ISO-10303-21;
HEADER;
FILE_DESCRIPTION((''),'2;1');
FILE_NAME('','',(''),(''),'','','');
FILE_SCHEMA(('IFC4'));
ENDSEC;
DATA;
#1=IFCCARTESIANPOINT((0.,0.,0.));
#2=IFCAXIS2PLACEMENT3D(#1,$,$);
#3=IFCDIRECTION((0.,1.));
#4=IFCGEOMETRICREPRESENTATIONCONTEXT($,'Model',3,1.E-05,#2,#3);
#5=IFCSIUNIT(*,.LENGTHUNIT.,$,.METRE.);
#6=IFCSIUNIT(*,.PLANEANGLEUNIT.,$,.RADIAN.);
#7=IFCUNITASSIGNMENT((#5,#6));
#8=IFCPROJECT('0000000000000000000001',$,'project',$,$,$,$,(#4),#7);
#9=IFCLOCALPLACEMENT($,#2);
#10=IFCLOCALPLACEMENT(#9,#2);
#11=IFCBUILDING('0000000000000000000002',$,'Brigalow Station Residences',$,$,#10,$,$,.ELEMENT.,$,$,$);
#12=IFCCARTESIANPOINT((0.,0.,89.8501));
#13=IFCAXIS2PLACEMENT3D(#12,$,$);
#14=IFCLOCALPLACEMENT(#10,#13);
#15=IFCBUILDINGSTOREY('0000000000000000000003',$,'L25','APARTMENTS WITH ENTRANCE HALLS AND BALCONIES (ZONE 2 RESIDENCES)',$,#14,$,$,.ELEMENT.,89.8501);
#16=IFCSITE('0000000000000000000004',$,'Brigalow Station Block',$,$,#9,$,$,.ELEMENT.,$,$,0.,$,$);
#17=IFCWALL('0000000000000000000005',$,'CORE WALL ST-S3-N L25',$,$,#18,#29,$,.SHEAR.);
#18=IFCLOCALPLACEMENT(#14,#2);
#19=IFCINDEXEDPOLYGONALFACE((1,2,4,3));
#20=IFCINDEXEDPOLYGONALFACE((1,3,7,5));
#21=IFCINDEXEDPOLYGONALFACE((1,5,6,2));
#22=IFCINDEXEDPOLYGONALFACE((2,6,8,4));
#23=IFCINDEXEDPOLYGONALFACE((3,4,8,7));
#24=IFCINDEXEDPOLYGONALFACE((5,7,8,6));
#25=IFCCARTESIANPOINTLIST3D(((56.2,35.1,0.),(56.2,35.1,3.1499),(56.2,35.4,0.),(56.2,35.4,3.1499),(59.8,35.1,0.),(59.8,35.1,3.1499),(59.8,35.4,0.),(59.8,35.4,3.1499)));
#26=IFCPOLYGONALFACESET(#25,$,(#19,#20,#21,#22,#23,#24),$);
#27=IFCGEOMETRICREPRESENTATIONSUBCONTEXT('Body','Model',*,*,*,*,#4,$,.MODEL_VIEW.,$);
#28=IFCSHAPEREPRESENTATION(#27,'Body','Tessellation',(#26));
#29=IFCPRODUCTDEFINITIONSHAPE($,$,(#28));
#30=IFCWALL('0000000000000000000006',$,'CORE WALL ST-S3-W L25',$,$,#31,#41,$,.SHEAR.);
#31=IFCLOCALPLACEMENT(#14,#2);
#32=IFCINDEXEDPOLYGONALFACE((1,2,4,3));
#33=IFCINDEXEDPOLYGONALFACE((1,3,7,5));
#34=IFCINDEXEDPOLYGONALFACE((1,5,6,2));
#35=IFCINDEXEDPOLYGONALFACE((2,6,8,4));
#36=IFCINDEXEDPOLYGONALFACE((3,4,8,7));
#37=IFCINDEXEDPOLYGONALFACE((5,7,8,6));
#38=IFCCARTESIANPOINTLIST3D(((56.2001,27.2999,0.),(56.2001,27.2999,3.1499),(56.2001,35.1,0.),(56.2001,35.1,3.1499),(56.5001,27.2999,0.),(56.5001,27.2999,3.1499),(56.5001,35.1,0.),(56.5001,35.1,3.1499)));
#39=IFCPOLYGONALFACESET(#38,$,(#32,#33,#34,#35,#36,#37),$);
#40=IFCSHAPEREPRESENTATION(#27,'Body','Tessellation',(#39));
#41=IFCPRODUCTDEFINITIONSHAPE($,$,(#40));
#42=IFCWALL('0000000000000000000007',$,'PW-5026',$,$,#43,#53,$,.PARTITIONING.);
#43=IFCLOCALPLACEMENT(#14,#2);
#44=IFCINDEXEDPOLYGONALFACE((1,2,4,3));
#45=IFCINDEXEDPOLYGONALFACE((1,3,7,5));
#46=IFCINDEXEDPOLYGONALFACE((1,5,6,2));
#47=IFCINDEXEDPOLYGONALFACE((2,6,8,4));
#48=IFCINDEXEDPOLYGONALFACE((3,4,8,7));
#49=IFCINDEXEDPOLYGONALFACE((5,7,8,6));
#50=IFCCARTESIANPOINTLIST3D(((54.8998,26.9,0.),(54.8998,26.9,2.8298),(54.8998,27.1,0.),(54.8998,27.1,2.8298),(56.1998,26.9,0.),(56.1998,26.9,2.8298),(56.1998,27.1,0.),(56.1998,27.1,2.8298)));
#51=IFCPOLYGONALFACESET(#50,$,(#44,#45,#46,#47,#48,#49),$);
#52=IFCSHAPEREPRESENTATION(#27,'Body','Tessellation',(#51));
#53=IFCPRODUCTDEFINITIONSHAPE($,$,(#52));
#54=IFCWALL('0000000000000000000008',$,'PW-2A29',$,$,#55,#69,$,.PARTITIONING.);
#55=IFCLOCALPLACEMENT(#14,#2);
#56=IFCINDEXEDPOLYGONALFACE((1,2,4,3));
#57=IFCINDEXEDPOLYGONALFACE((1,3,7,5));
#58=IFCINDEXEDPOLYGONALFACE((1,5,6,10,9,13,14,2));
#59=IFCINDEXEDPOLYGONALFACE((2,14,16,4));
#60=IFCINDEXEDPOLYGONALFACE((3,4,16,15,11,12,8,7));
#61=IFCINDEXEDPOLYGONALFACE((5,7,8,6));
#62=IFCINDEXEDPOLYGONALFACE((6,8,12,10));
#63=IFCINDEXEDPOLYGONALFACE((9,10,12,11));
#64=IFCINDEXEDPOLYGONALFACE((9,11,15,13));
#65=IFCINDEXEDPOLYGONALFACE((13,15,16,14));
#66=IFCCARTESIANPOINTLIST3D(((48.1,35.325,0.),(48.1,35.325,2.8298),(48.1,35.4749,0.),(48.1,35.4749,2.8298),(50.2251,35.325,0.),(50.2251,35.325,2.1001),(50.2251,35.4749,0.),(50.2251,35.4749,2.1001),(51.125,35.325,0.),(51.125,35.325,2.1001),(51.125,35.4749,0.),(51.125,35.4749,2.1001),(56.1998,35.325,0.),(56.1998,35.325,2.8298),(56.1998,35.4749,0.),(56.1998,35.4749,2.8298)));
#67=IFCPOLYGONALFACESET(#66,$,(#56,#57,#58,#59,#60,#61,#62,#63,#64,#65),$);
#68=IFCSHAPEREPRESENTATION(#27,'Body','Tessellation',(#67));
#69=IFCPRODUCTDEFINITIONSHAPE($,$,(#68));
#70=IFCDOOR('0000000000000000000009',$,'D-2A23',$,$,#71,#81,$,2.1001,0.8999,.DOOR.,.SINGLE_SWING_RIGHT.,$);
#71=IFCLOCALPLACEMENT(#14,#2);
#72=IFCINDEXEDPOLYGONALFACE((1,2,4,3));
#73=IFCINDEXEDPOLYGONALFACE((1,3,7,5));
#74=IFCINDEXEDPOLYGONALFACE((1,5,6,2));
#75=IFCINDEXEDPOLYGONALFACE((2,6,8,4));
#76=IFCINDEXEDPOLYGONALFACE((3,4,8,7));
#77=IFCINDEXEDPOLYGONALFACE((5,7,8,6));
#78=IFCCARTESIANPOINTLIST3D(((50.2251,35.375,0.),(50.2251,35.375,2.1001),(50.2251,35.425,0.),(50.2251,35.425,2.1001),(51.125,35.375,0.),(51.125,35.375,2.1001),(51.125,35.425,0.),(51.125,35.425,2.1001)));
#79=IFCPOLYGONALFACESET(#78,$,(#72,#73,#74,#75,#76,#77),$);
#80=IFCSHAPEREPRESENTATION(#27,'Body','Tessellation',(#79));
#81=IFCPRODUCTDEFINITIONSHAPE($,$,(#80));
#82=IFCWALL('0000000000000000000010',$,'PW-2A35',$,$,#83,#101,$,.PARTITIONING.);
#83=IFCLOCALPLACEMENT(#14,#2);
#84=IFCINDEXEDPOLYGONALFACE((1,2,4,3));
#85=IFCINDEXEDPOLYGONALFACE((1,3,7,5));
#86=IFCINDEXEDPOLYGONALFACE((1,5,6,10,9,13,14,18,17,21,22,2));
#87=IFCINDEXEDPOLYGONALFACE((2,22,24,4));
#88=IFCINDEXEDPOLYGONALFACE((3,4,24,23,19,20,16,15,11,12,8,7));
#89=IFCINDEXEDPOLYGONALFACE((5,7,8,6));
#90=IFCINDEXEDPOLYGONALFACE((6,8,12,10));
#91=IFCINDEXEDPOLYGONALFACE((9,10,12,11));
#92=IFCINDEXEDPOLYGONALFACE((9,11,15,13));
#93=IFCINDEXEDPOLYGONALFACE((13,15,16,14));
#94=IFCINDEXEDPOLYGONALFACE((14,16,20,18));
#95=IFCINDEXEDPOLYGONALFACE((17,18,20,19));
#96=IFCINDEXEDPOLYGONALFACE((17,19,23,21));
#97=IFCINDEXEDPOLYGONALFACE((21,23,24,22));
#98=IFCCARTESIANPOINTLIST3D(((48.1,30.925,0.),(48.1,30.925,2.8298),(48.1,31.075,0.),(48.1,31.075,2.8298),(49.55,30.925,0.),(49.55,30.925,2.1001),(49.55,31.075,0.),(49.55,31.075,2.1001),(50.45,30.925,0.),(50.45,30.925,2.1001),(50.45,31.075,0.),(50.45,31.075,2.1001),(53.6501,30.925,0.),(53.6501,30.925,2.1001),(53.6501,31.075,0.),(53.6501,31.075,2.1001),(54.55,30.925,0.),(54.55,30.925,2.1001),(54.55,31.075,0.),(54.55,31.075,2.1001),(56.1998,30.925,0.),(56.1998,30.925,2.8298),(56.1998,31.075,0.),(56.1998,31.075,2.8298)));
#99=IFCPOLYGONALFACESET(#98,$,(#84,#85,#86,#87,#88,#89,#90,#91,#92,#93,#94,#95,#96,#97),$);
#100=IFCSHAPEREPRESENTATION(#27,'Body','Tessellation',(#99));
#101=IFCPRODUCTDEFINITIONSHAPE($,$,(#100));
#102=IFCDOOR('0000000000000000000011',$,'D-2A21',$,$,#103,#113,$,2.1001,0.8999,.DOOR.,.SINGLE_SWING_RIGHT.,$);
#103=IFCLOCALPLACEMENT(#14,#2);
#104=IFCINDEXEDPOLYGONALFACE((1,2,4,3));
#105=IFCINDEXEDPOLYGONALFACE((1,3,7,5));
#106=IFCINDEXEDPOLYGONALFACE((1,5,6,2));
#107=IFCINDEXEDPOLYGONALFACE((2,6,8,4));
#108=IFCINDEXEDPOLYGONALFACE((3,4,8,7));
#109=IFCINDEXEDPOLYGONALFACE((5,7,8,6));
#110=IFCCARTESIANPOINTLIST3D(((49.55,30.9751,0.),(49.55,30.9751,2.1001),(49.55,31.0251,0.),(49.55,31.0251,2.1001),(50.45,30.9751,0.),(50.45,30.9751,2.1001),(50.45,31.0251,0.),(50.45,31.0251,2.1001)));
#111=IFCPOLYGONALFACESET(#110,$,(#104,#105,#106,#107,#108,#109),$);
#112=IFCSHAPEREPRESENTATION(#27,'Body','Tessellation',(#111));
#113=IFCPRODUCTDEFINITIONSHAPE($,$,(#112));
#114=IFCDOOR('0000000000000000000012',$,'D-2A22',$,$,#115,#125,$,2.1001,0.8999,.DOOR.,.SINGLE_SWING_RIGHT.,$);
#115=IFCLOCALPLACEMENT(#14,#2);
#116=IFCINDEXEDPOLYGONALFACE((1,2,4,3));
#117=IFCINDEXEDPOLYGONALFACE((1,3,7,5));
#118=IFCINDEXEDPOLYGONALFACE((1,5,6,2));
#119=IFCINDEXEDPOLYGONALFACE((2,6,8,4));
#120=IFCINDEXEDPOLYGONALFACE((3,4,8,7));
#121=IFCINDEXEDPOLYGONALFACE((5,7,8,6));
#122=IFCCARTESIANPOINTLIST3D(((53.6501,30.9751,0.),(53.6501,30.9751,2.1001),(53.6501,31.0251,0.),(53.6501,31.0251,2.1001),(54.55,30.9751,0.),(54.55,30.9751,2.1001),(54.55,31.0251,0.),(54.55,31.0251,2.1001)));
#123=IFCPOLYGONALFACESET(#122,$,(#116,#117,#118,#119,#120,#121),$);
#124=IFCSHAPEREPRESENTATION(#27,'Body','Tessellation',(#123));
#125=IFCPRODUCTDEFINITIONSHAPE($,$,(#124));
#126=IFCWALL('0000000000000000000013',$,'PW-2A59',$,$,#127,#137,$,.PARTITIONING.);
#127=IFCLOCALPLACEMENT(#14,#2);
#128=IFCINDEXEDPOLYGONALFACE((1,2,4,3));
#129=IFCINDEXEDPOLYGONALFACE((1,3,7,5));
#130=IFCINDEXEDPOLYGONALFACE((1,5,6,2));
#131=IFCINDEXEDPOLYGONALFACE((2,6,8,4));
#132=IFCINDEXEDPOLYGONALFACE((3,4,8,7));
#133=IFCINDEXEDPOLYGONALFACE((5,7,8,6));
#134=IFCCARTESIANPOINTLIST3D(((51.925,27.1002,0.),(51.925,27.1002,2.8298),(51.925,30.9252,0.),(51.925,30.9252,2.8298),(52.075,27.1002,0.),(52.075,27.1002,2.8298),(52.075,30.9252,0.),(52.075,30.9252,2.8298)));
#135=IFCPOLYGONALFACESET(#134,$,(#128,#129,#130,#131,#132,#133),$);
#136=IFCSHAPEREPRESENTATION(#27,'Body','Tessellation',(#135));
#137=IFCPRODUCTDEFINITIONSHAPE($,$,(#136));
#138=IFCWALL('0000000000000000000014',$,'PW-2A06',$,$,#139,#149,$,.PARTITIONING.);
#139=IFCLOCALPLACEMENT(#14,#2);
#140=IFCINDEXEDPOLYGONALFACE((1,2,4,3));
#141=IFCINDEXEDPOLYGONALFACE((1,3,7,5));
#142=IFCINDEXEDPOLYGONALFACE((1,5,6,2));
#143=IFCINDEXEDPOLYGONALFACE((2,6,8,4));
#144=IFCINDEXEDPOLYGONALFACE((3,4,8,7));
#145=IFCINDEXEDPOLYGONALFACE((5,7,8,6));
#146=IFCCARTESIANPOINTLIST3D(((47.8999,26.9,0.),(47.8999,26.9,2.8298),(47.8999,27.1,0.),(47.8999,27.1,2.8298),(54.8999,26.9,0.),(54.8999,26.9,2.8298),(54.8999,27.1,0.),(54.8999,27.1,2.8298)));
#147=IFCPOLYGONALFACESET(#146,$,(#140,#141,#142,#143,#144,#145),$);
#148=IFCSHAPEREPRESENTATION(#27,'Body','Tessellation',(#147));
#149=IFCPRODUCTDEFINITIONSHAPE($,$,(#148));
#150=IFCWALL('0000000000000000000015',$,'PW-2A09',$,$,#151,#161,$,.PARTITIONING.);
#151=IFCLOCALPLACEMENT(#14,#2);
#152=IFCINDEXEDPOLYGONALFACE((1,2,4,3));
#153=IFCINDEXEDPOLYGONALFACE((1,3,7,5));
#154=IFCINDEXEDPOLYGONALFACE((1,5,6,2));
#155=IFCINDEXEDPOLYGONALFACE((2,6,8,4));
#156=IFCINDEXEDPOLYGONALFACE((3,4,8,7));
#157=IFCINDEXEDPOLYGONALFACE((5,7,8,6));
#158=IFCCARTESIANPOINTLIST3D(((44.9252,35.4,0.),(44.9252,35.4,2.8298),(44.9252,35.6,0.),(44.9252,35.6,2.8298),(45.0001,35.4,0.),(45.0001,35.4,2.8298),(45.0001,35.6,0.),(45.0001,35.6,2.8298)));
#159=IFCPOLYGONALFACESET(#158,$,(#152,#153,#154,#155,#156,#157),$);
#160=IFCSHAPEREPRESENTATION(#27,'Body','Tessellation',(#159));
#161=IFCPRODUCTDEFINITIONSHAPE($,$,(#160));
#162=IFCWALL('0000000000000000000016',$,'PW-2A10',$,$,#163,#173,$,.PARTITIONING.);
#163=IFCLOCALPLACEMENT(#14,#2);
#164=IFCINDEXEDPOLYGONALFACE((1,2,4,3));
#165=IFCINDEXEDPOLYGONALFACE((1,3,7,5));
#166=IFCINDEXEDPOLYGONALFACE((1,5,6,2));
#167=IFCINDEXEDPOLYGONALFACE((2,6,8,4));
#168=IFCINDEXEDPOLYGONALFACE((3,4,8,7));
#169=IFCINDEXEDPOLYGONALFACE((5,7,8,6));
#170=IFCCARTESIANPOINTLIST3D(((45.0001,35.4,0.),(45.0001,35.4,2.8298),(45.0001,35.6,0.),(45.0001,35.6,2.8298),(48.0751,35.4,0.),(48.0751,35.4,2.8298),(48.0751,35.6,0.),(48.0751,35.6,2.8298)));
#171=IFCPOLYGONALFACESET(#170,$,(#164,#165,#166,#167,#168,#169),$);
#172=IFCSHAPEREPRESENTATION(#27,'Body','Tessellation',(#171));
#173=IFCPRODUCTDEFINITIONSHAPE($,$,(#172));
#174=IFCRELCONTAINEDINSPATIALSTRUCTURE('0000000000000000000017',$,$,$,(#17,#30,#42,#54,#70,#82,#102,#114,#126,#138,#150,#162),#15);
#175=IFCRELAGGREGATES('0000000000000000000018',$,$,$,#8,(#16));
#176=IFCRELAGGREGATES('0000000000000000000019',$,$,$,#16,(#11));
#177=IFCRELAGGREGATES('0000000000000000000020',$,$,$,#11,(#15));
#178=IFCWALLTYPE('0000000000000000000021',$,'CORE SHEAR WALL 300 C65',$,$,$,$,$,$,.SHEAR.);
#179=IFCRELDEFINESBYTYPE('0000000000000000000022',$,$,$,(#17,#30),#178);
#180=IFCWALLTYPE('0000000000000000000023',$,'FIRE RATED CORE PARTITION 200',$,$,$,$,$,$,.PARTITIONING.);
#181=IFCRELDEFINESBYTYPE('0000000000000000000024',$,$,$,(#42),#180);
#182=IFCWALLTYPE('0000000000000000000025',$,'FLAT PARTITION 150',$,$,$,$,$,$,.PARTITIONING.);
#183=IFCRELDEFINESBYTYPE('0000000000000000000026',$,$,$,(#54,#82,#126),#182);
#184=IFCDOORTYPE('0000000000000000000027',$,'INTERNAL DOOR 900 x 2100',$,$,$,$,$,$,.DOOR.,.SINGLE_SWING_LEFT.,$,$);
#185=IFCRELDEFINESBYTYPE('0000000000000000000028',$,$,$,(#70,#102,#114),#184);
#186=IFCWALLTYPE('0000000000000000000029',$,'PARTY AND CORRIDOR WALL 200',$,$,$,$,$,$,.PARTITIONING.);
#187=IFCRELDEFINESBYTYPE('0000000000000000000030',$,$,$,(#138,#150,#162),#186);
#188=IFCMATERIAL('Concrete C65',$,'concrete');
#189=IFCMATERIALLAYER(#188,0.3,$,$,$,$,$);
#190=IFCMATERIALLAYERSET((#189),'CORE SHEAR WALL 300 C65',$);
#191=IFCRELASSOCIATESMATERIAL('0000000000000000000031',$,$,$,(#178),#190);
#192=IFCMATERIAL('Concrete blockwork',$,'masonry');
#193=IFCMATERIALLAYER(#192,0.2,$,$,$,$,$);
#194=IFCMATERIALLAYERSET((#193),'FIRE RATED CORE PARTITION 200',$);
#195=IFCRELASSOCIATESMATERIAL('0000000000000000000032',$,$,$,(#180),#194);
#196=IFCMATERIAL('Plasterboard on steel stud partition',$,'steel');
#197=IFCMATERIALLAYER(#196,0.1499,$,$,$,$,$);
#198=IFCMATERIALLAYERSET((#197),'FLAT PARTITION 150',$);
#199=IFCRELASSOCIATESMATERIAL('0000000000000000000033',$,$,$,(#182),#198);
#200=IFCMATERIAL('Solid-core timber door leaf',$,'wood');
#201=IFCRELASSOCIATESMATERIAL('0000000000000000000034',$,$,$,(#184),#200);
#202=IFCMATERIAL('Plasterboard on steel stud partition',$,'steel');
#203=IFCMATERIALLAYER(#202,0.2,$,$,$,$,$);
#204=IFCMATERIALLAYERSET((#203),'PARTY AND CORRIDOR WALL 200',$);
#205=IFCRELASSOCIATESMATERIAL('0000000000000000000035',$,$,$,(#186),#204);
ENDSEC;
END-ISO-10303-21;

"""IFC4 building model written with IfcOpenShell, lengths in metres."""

from ifc_helpers import new_model, si_unit, direction, frame, frame_2d, origin, place, context, subcontext, project, spatial, rectangle, extrude, material, layer, layer_set, type_object, element, fill, save


model = new_model("IFC4")

# Units and contexts
model_context = context("Model", 3, precision=1e-05, world=origin(), true_north=direction((0.0, 1.0)))
body_context = subcontext(model_context, "Body", "Model", "MODEL_VIEW")
ifc_project = project(units=[si_unit("LENGTHUNIT", "METRE"), si_unit("PLANEANGLEUNIT", "RADIAN")], contexts=[model_context])

# Site, building, storey
site_placement = place(None, origin())
site = spatial("IfcSite", under=ifc_project, at=site_placement, Name="Brigalow Station Block", CompositionType="ELEMENT", RefElevation=0.0)
building_placement = place(site_placement, origin())
building = spatial("IfcBuilding", under=site, at=building_placement, Name="Brigalow Station Residences", CompositionType="ELEMENT")
storey_placement = place(building_placement, frame((0.0, 0.0, 89.8501)))
storey = spatial("IfcBuildingStorey", under=building, at=storey_placement, Name="L25", Description="APARTMENTS WITH ENTRANCE HALLS AND BALCONIES (ZONE 2 RESIDENCES)", CompositionType="ELEMENT", Elevation=89.8501)

# Shared definitions
ifc_material_1 = material(Name="Concrete C65", Category="concrete")
ifc_layer_1 = layer(ifc_material_1, 0.3)
ifc_layer_set_1 = layer_set([ifc_layer_1], Name="CORE SHEAR WALL 300 C65")
wall_type_1 = type_object("IfcWallType", Name="CORE SHEAR WALL 300 C65", PredefinedType="SHEAR", material=ifc_layer_set_1)

# Walls
wall_1_placement = place(storey_placement, frame((56.2, 35.25, 0.0), z_axis=(0.0, 0.0, 1.0), x_axis=(1.0, 0.0, 0.0)))
element("IfcWall", 1, at=wall_1_placement, inside=storey, type_object=wall_type_1, Name="CORE WALL ST-S3-N L25", PredefinedType="SHEAR", context=body_context, shape_type="SweptSolid", body=[
    extrude(rectangle(XDim=3.6001, YDim=0.3, at=frame_2d((1.8, 0.0))), origin(), (0.0, 0.0, 1.0), 3.1499),
])
wall_2_placement = place(storey_placement, frame((56.3501, 27.3, 0.0), z_axis=(0.0, 0.0, 1.0), x_axis=(0.0, 1.0, 0.0)))
element("IfcWall", 2, at=wall_2_placement, inside=storey, type_object=wall_type_1, Name="CORE WALL ST-S3-W L25", PredefinedType="SHEAR", context=body_context, shape_type="SweptSolid", body=[
    extrude(rectangle(XDim=7.8, YDim=0.3, at=frame_2d((3.8999, 0.0))), origin(), (0.0, 0.0, 1.0), 3.1499),
])
ifc_material_2 = material(Name="Concrete blockwork", Category="masonry")
ifc_layer_2 = layer(ifc_material_2, 0.2)
ifc_layer_set_2 = layer_set([ifc_layer_2], Name="FIRE RATED CORE PARTITION 200")
wall_type_2 = type_object("IfcWallType", Name="FIRE RATED CORE PARTITION 200", PredefinedType="PARTITIONING", material=ifc_layer_set_2)
wall_3_placement = place(storey_placement, frame((54.8999, 27.0, 0.0), z_axis=(0.0, 0.0, 1.0), x_axis=(1.0, 0.0, 0.0)))
element("IfcWall", 3, at=wall_3_placement, inside=storey, type_object=wall_type_2, Name="PW-5026", PredefinedType="PARTITIONING", context=body_context, shape_type="SweptSolid", body=[
    extrude(rectangle(XDim=1.3, YDim=0.2, at=frame_2d((0.6499, 0.0))), origin(), (0.0, 0.0, 1.0), 2.8298),
])

# Wall, opening, door
ifc_material_3 = material(Name="Plasterboard on steel stud partition", Category="steel")
ifc_layer_3 = layer(ifc_material_3, 0.1499)
ifc_layer_set_3 = layer_set([ifc_layer_3], Name="FLAT PARTITION 150")
wall_type_3 = type_object("IfcWallType", Name="FLAT PARTITION 150", PredefinedType="PARTITIONING", material=ifc_layer_set_3)
wall_4_placement = place(storey_placement, frame((48.1001, 35.3999, 0.0), z_axis=(0.0, 0.0, 1.0), x_axis=(1.0, 0.0, 0.0)))
wall_4 = element("IfcWall", 4, at=wall_4_placement, inside=storey, type_object=wall_type_3, Name="PW-2A29", PredefinedType="PARTITIONING", context=body_context, shape_type="SweptSolid", body=[
    extrude(rectangle(XDim=8.0999, YDim=0.1499, at=frame_2d((4.0498, 0.0))), origin(), (0.0, 0.0, 1.0), 2.8298),
])
opening_1_placement = place(wall_4_placement, frame((2.125, 0.0, 0.0)))
opening_1 = element("IfcOpeningElement", 5, at=opening_1_placement, cuts=wall_4, PredefinedType="OPENING", context=body_context, shape_type="SweptSolid", body=[
    extrude(rectangle(XDim=0.8999, YDim=2.1001, at=frame_2d((0.45, 1.05))), frame((0.0, 0.085, 0.0), z_axis=(0.0, -1.0, 0.0), x_axis=(1.0, 0.0, 0.0)), (0.0, 0.0, 1.0), 0.1699),
])
ifc_material_4 = material(Name="Solid-core timber door leaf", Category="wood")
door_type_1 = type_object("IfcDoorType", Name="INTERNAL DOOR 900 x 2100", OperationType="SINGLE_SWING_LEFT", PredefinedType="DOOR", material=ifc_material_4)
door_1_placement = place(opening_1_placement, frame((0.8999, 0.0, 0.0), z_axis=(0.0, 0.0, 1.0), x_axis=(-1.0, 0.0, 0.0)))
door_1 = element("IfcDoor", 6, at=door_1_placement, inside=storey, type_object=door_type_1, Name="D-2A23", OperationType="SINGLE_SWING_RIGHT", OverallHeight=2.1001, OverallWidth=0.8999, PredefinedType="DOOR", context=body_context, shape_type="SweptSolid", body=[
    extrude(rectangle(XDim=0.8999, YDim=2.1001, at=frame_2d((0.45, 1.05))), frame((0.0, 0.0249, 0.0), z_axis=(0.0, -1.0, 0.0), x_axis=(1.0, 0.0, 0.0)), (0.0, 0.0, 1.0), 0.05),
])
fill(opening_1, door_1)

# Wall, openings, doors
wall_5_placement = place(storey_placement, frame((48.1001, 31.0, 0.0), z_axis=(0.0, 0.0, 1.0), x_axis=(1.0, 0.0, 0.0)))
wall_5 = element("IfcWall", 7, at=wall_5_placement, inside=storey, type_object=wall_type_3, Name="PW-2A35", PredefinedType="PARTITIONING", context=body_context, shape_type="SweptSolid", body=[
    extrude(rectangle(XDim=8.0999, YDim=0.1499, at=frame_2d((4.0498, 0.0))), origin(), (0.0, 0.0, 1.0), 2.8298),
])
opening_2_placement = place(wall_5_placement, frame((1.45, 0.0, 0.0)))
opening_2 = element("IfcOpeningElement", 8, at=opening_2_placement, cuts=wall_5, PredefinedType="OPENING", context=body_context, shape_type="SweptSolid", body=[
    extrude(rectangle(XDim=0.8999, YDim=2.1001, at=frame_2d((0.45, 1.05))), frame((0.0, 0.085, 0.0), z_axis=(0.0, -1.0, 0.0), x_axis=(1.0, 0.0, 0.0)), (0.0, 0.0, 1.0), 0.1699),
])
opening_3_placement = place(wall_5_placement, frame((5.55, 0.0, 0.0)))
opening_3 = element("IfcOpeningElement", 9, at=opening_3_placement, cuts=wall_5, PredefinedType="OPENING", context=body_context, shape_type="SweptSolid", body=[
    extrude(rectangle(XDim=0.8999, YDim=2.1001, at=frame_2d((0.45, 1.05))), frame((0.0, 0.085, 0.0), z_axis=(0.0, -1.0, 0.0), x_axis=(1.0, 0.0, 0.0)), (0.0, 0.0, 1.0), 0.1699),
])
door_2_placement = place(opening_2_placement, frame((0.8999, 0.0, 0.0), z_axis=(0.0, 0.0, 1.0), x_axis=(-1.0, 0.0, 0.0)))
door_2 = element("IfcDoor", 10, at=door_2_placement, inside=storey, type_object=door_type_1, Name="D-2A21", OperationType="SINGLE_SWING_RIGHT", OverallHeight=2.1001, OverallWidth=0.8999, PredefinedType="DOOR", context=body_context, shape_type="SweptSolid", body=[
    extrude(rectangle(XDim=0.8999, YDim=2.1001, at=frame_2d((0.45, 1.05))), frame((0.0, 0.0249, 0.0), z_axis=(0.0, -1.0, 0.0), x_axis=(1.0, 0.0, 0.0)), (0.0, 0.0, 1.0), 0.05),
])
fill(opening_2, door_2)
door_3_placement = place(opening_3_placement, frame((0.8999, 0.0, 0.0), z_axis=(0.0, 0.0, 1.0), x_axis=(-1.0, 0.0, 0.0)))
door_3 = element("IfcDoor", 11, at=door_3_placement, inside=storey, type_object=door_type_1, Name="D-2A22", OperationType="SINGLE_SWING_RIGHT", OverallHeight=2.1001, OverallWidth=0.8999, PredefinedType="DOOR", context=body_context, shape_type="SweptSolid", body=[
    extrude(rectangle(XDim=0.8999, YDim=2.1001, at=frame_2d((0.45, 1.05))), frame((0.0, 0.0249, 0.0), z_axis=(0.0, -1.0, 0.0), x_axis=(1.0, 0.0, 0.0)), (0.0, 0.0, 1.0), 0.05),
])
fill(opening_3, door_3)

# Walls
wall_6_placement = place(storey_placement, frame((52.0, 27.1001, 0.0), z_axis=(0.0, 0.0, 1.0), x_axis=(0.0, 1.0, 0.0)))
element("IfcWall", 12, at=wall_6_placement, inside=storey, type_object=wall_type_3, Name="PW-2A59", PredefinedType="PARTITIONING", context=body_context, shape_type="SweptSolid", body=[
    extrude(rectangle(XDim=3.825, YDim=0.1499, at=frame_2d((1.9126, 0.0))), origin(), (0.0, 0.0, 1.0), 2.8298),
])
ifc_material_5 = material(Name="Plasterboard on steel stud partition", Category="steel")
ifc_layer_4 = layer(ifc_material_5, 0.2)
ifc_layer_set_4 = layer_set([ifc_layer_4], Name="PARTY AND CORRIDOR WALL 200")
wall_type_4 = type_object("IfcWallType", Name="PARTY AND CORRIDOR WALL 200", PredefinedType="PARTITIONING", material=ifc_layer_set_4)
wall_7_placement = place(storey_placement, frame((47.8999, 27.0, 0.0), z_axis=(0.0, 0.0, 1.0), x_axis=(1.0, 0.0, 0.0)))
element("IfcWall", 13, at=wall_7_placement, inside=storey, type_object=wall_type_4, Name="PW-2A06", PredefinedType="PARTITIONING", context=body_context, shape_type="SweptSolid", body=[
    extrude(rectangle(XDim=7.0, YDim=0.2, at=frame_2d((3.5, 0.0))), origin(), (0.0, 0.0, 1.0), 2.8298),
])
wall_8_placement = place(storey_placement, frame((44.925, 35.5, 0.0), z_axis=(0.0, 0.0, 1.0), x_axis=(1.0, 0.0, 0.0)))
element("IfcWall", 14, at=wall_8_placement, inside=storey, type_object=wall_type_4, Name="PW-2A09", PredefinedType="PARTITIONING", context=body_context, shape_type="SweptSolid", body=[
    extrude(rectangle(XDim=0.075, YDim=0.2, at=frame_2d((0.0376, 0.0))), origin(), (0.0, 0.0, 1.0), 2.8298),
])
wall_9_placement = place(storey_placement, frame((45.0, 35.5, 0.0), z_axis=(0.0, 0.0, 1.0), x_axis=(1.0, 0.0, 0.0)))
element("IfcWall", 15, at=wall_9_placement, inside=storey, type_object=wall_type_4, Name="PW-2A10", PredefinedType="PARTITIONING", context=body_context, shape_type="SweptSolid", body=[
    extrude(rectangle(XDim=3.075, YDim=0.2, at=frame_2d((1.5376, 0.0))), origin(), (0.0, 0.0, 1.0), 2.8298),
])

save(model, "model.ifc")
